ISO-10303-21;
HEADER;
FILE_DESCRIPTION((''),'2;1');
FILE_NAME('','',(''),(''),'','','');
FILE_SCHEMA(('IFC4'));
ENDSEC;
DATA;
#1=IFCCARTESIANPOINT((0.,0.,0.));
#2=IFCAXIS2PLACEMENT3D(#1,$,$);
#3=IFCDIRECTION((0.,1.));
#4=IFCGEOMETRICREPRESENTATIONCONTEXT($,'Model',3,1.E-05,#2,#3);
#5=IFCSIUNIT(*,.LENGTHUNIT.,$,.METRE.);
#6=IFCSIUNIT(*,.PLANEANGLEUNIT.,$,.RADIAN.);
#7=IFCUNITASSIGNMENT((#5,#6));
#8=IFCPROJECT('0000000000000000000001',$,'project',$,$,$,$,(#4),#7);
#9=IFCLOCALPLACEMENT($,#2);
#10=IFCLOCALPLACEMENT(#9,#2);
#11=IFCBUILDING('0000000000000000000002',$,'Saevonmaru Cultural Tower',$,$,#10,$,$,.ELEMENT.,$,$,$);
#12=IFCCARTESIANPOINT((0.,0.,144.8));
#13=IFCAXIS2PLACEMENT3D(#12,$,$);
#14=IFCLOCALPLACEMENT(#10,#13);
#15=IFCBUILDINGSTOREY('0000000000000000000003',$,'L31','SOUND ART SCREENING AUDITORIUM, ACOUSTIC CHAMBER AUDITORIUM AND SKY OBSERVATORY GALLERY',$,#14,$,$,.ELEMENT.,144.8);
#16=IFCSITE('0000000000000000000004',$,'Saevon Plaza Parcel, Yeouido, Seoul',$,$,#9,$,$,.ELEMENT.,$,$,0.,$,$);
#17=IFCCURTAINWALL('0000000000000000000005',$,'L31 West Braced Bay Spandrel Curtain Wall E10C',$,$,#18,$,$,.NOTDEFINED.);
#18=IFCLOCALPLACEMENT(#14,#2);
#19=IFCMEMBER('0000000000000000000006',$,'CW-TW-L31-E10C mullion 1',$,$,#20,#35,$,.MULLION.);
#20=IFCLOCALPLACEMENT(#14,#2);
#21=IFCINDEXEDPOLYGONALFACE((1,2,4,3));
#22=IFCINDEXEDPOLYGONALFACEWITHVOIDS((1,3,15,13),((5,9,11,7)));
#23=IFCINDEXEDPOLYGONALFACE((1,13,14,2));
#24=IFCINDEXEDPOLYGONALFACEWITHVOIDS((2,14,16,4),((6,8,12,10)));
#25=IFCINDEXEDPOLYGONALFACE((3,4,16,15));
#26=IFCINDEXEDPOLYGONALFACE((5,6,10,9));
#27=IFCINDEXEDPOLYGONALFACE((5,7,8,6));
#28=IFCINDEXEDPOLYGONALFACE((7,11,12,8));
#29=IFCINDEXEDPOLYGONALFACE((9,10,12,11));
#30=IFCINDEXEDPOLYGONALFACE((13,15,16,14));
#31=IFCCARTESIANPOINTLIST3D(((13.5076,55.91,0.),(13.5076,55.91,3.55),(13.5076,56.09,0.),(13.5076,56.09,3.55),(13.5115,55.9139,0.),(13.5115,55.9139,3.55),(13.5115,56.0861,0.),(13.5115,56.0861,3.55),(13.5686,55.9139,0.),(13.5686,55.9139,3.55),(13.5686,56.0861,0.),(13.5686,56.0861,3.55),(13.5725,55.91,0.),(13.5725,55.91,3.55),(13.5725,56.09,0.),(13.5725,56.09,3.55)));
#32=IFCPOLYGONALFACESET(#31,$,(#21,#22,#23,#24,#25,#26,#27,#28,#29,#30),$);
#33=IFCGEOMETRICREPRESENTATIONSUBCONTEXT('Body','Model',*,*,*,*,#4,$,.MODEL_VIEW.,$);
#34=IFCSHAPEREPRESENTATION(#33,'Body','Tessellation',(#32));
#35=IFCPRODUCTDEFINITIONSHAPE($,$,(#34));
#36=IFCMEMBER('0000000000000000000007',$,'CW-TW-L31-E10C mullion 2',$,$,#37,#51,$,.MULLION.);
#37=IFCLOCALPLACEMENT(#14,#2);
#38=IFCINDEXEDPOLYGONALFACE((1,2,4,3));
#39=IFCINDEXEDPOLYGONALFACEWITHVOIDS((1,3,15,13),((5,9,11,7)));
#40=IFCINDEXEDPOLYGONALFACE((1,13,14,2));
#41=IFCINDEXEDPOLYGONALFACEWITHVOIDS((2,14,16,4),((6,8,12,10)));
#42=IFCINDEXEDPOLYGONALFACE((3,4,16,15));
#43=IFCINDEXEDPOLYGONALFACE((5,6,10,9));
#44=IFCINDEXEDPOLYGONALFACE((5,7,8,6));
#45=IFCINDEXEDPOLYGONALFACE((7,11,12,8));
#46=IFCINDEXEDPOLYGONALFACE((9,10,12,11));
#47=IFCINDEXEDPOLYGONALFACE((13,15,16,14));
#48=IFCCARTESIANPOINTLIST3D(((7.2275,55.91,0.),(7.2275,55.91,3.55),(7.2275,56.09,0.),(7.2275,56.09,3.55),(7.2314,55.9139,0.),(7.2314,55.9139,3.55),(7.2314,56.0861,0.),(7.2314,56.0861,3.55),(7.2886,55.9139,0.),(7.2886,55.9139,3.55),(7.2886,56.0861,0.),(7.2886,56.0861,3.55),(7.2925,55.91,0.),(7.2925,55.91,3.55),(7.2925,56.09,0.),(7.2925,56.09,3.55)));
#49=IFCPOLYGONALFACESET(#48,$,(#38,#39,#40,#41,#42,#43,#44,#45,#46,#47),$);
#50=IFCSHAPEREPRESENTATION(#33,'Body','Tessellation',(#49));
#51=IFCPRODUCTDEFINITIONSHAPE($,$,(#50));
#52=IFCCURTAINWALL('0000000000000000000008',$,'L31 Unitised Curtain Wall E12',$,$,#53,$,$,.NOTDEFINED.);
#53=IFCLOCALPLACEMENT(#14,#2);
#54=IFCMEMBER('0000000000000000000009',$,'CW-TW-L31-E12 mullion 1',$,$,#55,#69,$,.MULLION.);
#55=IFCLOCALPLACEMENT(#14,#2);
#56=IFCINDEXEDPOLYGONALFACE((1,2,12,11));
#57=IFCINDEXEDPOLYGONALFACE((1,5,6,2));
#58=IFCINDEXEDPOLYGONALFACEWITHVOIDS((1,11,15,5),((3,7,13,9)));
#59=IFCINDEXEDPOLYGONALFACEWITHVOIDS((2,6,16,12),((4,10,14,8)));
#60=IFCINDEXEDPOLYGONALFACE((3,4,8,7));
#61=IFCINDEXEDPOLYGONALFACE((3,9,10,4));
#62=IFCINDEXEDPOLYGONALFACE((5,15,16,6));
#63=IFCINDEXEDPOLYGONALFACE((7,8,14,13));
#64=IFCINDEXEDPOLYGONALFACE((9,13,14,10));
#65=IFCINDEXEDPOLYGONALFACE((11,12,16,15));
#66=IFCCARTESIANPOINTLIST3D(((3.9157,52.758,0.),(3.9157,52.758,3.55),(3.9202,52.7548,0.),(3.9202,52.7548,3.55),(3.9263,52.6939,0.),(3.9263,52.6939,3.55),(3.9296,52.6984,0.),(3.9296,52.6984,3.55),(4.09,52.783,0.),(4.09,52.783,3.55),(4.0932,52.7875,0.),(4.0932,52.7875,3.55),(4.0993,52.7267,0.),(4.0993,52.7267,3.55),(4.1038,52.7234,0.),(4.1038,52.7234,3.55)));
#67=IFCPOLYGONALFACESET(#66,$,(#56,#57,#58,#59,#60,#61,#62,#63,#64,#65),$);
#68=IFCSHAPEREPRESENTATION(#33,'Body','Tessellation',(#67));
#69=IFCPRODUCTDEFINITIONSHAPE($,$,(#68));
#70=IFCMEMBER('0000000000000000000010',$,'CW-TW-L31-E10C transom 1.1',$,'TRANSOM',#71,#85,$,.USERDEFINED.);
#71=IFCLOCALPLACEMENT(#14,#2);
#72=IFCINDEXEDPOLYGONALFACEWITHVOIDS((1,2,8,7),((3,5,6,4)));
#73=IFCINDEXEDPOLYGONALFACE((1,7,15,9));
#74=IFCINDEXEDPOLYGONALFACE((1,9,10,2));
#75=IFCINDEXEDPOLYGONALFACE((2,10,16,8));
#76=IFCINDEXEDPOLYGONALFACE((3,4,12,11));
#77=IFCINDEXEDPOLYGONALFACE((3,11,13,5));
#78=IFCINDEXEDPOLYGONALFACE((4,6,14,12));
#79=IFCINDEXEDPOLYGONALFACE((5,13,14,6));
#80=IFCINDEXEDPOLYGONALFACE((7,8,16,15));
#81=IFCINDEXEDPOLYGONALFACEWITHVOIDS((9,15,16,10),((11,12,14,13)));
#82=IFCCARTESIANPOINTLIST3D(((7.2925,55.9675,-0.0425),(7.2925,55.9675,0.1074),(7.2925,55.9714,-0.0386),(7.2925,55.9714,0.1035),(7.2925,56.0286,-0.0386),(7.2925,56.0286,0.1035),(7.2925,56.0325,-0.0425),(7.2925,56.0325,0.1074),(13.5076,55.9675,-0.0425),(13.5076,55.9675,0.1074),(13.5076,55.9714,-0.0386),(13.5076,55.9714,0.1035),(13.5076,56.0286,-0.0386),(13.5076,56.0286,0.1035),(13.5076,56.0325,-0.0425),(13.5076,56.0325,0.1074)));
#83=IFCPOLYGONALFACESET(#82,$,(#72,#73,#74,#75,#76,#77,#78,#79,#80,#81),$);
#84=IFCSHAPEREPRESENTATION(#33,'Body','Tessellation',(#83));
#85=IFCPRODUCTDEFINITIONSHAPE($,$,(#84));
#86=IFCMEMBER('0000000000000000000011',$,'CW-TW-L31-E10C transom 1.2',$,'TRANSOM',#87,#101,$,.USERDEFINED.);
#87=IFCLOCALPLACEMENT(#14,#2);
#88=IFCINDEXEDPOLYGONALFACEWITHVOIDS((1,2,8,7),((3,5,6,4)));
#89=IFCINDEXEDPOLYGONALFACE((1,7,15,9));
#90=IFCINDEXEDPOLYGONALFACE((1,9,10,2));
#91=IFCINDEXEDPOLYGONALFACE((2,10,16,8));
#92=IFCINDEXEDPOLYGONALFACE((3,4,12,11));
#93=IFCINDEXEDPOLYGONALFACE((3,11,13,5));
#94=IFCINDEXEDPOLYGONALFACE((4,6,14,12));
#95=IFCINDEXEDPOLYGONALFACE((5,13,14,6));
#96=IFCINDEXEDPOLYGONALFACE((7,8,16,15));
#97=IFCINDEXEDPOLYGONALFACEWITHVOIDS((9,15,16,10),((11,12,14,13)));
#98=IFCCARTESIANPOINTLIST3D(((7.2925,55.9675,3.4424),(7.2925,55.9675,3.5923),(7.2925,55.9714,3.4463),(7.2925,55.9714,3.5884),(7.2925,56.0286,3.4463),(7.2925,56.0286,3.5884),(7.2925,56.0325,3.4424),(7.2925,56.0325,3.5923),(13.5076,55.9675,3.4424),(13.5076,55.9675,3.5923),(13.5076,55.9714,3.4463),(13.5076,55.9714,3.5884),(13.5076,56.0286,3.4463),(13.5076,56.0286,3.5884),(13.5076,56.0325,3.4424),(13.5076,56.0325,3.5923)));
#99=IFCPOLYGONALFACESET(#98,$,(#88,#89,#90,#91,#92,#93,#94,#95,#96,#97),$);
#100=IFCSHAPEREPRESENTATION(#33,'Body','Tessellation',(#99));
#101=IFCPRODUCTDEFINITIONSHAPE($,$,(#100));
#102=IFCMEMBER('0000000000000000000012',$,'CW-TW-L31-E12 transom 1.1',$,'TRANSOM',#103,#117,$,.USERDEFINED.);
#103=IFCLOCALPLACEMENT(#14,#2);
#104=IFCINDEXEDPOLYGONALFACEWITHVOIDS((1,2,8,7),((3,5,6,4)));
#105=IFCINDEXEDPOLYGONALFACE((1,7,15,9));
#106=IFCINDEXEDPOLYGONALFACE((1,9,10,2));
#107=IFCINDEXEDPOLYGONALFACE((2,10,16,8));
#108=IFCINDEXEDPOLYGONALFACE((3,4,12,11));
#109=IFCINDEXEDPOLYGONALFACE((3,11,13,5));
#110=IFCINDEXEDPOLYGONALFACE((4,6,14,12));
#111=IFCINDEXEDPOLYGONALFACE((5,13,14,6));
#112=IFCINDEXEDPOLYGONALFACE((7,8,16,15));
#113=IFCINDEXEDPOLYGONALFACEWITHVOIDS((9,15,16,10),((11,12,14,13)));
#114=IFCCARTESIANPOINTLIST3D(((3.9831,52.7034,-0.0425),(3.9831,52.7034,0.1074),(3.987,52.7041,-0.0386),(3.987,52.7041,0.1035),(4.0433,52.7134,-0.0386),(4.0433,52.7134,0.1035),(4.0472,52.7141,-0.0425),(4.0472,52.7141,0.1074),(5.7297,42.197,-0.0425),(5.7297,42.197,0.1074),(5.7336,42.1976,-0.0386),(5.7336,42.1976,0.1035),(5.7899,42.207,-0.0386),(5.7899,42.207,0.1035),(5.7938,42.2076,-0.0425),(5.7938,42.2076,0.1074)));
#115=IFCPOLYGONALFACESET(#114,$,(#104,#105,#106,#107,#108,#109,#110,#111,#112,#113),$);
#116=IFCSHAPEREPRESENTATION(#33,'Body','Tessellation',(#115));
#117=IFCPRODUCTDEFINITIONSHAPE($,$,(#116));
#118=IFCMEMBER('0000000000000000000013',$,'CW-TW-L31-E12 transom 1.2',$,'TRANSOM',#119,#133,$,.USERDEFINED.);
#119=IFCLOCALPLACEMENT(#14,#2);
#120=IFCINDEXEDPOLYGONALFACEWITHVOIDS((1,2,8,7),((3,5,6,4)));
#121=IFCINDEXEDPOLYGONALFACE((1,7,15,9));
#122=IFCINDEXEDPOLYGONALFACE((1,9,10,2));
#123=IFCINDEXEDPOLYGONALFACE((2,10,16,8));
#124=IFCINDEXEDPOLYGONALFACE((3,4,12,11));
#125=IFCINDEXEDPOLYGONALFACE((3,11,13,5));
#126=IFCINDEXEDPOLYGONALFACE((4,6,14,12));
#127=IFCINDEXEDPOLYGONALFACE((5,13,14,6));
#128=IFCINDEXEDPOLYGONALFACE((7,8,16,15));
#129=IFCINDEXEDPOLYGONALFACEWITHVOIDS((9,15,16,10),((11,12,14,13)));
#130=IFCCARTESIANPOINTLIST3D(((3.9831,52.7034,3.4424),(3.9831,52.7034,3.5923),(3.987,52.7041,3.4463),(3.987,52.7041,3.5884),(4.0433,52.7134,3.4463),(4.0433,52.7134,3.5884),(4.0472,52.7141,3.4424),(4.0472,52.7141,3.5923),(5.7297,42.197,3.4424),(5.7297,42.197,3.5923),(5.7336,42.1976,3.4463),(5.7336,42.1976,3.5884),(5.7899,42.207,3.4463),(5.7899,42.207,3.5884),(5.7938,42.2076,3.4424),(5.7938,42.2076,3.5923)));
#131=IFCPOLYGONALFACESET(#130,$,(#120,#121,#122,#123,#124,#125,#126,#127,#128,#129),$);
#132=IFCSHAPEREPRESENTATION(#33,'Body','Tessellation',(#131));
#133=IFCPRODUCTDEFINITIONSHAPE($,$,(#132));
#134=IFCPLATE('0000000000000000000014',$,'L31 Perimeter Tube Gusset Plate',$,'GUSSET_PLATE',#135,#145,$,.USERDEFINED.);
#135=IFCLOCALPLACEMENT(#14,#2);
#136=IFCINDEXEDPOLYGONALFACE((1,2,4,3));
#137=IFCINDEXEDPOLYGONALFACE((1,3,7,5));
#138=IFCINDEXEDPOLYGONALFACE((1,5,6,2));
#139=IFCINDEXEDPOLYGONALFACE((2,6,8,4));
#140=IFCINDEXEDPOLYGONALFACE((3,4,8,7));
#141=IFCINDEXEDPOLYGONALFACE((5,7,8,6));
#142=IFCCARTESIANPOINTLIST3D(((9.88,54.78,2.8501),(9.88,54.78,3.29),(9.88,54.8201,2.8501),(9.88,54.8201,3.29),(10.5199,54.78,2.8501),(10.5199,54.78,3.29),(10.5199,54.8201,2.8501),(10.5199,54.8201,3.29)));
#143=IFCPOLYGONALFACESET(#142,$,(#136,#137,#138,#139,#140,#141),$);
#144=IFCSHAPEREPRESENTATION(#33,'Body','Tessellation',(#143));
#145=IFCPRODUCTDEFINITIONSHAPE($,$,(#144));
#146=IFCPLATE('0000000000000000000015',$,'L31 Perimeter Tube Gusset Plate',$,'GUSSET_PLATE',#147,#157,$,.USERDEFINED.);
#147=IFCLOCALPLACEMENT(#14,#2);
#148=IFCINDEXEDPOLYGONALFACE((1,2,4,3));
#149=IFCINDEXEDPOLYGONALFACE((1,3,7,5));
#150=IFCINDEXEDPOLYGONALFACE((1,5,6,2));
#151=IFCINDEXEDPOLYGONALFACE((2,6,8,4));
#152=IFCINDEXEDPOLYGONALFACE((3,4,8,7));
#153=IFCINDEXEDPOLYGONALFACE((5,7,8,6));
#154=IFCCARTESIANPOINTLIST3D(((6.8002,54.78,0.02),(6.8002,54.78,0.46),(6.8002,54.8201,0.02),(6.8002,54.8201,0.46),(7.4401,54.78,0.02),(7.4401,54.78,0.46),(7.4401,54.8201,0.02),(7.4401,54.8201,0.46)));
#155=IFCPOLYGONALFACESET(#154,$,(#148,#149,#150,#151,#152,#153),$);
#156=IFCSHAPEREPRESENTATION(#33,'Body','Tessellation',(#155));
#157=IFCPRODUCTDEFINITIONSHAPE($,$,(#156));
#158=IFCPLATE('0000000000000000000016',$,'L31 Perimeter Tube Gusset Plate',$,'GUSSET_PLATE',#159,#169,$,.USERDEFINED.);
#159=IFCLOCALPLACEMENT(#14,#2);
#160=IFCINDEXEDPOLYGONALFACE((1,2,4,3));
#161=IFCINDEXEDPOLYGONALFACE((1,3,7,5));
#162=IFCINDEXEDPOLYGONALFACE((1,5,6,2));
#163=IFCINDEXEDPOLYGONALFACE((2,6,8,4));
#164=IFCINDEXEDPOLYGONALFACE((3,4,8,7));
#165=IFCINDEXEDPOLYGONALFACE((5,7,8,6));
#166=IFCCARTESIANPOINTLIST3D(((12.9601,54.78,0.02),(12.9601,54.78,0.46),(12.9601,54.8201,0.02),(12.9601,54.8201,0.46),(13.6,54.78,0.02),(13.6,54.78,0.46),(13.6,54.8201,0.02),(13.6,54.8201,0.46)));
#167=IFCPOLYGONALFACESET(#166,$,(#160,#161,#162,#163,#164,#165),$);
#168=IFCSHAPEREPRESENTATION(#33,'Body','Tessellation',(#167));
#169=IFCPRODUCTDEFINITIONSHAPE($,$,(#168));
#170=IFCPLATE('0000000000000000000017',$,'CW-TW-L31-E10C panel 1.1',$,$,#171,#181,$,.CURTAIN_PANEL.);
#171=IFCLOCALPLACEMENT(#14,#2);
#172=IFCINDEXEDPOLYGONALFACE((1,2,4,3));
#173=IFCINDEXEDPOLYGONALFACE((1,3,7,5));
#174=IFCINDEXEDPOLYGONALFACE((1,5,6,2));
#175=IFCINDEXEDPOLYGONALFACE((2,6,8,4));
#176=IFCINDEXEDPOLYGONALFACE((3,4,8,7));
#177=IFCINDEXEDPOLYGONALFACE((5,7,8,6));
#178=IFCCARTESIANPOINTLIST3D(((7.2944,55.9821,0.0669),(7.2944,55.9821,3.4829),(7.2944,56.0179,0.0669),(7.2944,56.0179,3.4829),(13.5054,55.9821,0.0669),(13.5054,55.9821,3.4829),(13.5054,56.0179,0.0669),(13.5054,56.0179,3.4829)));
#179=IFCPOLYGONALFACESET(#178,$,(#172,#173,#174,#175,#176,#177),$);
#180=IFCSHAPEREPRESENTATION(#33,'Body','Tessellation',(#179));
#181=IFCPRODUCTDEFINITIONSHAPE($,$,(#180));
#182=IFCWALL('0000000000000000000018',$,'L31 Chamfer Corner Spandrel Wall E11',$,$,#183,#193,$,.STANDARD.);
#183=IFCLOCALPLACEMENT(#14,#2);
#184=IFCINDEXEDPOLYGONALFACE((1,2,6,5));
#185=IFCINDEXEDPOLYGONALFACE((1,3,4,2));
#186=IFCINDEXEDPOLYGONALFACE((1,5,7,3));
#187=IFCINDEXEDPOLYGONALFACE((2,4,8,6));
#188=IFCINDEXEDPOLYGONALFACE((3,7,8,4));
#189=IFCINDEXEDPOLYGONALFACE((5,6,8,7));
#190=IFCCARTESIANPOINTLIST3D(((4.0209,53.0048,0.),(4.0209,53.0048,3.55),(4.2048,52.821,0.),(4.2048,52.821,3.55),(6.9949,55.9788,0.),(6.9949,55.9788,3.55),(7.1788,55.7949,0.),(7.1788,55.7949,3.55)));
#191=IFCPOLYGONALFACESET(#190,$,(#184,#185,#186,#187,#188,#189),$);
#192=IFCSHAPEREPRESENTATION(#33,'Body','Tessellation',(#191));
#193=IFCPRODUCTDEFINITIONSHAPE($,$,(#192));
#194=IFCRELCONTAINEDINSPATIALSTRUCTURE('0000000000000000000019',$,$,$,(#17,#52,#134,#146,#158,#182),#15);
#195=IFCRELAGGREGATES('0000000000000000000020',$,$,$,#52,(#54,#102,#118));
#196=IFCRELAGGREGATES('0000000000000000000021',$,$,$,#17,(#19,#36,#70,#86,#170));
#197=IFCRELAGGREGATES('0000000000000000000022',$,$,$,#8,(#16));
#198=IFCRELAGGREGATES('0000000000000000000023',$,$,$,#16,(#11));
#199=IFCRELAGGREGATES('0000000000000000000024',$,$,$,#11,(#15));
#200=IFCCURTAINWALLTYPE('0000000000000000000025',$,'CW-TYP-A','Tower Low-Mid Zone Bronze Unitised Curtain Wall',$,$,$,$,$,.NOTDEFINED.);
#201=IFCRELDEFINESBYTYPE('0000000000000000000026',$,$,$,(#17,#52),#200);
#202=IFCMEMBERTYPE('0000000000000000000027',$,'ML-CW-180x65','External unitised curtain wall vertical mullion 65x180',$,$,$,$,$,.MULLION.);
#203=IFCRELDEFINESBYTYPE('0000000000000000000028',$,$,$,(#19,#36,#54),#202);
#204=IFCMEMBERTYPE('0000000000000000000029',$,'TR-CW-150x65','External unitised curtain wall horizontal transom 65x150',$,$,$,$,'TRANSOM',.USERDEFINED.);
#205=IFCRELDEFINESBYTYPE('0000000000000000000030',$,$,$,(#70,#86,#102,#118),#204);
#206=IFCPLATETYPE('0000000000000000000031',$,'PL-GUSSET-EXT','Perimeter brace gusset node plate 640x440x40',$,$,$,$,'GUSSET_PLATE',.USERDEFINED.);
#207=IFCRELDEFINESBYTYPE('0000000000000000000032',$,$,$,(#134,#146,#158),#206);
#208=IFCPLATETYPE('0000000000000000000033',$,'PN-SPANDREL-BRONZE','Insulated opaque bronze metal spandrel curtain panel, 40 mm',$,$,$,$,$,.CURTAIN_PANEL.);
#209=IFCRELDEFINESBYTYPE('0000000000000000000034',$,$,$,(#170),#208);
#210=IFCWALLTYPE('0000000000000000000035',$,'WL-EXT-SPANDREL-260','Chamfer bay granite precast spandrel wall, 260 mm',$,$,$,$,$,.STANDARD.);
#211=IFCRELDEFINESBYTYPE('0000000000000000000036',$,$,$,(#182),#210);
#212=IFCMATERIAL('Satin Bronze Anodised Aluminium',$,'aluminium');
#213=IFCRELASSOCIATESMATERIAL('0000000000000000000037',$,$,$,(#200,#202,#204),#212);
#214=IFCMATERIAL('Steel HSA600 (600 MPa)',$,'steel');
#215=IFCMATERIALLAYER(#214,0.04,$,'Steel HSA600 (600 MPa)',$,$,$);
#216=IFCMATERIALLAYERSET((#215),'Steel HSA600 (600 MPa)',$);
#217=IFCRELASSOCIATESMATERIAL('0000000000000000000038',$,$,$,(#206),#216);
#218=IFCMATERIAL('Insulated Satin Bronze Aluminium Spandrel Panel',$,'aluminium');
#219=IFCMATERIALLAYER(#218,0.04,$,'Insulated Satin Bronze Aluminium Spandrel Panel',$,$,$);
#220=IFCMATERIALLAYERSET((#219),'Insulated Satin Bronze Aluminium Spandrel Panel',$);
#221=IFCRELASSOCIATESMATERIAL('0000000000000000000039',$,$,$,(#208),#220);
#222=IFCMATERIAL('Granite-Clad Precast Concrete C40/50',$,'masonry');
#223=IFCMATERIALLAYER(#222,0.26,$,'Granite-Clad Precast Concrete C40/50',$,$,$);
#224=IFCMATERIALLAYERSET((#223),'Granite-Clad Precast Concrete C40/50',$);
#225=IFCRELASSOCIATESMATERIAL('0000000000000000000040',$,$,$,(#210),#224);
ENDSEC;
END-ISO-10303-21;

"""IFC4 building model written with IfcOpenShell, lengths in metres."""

from ifc_helpers import new_model, si_unit, direction, frame, frame_2d, origin, origin_2d, place, context, subcontext, project, spatial, rectangle, hollow_rectangle, extrude, material, layer, layer_set, material_profile, profile_set, type_object, element, aggregate, save


model = new_model("IFC4")

# Units and contexts
model_context = context("Model", 3, precision=1e-05, world=origin(), true_north=direction((0.0, 1.0)))
body_context = subcontext(model_context, "Body", "Model", "MODEL_VIEW")
ifc_project = project(units=[si_unit("LENGTHUNIT", "METRE"), si_unit("PLANEANGLEUNIT", "RADIAN")], contexts=[model_context])

# Site, building, storey
site_placement = place(None, origin())
site = spatial("IfcSite", under=ifc_project, at=site_placement, Name="Saevon Plaza Parcel, Yeouido, Seoul", CompositionType="ELEMENT", RefElevation=0.0)
building_placement = place(site_placement, origin())
building = spatial("IfcBuilding", under=site, at=building_placement, Name="Saevonmaru Cultural Tower", CompositionType="ELEMENT")
storey_placement = place(building_placement, frame((0.0, 0.0, 144.8)))
storey = spatial("IfcBuildingStorey", under=building, at=storey_placement, Name="L31", Description="SOUND ART SCREENING AUDITORIUM, ACOUSTIC CHAMBER AUDITORIUM AND SKY OBSERVATORY GALLERY", CompositionType="ELEMENT", Elevation=144.8)

# Curtain wall, members
ifc_material_1 = material(Name="Satin Bronze Anodised Aluminium", Category="aluminium")
curtain_wall_type = type_object("IfcCurtainWallType", Name="CW-TYP-A", Description="Tower Low-Mid Zone Bronze Unitised Curtain Wall", PredefinedType="NOTDEFINED", material=ifc_material_1)
curtain_wall_1_placement = place(storey_placement, origin())
curtain_wall_1 = element("IfcCurtainWall", 1, at=curtain_wall_1_placement, inside=storey, type_object=curtain_wall_type, Name="L31 West Braced Bay Spandrel Curtain Wall E10C", PredefinedType="NOTDEFINED")
ifc_material_profile_1 = material_profile(ifc_material_1, hollow_rectangle(XDim=0.0649, YDim=0.1799, WallThickness=0.0039, at=origin_2d()), Name="ALU-MULL-180x65x4")
ifc_profile_set_1 = profile_set([ifc_material_profile_1], Name="Satin Bronze Anodised Aluminium")
member_type_1 = type_object("IfcMemberType", Name="ML-CW-180x65", Description="External unitised curtain wall vertical mullion 65x180", PredefinedType="MULLION", material=ifc_profile_set_1)
member_1_placement = place(storey_placement, frame((13.54, 56.0, 0.0), z_axis=(0.0, 0.0, 1.0), x_axis=(-1.0, 0.0, 0.0)))
member_1 = element("IfcMember", 2, at=member_1_placement, type_object=member_type_1, Name="CW-TW-L31-E10C mullion 1", PredefinedType="MULLION", context=body_context, shape_type="SweptSolid", body=[
    extrude(hollow_rectangle(XDim=0.0649, YDim=0.1799, WallThickness=0.0039, at=origin_2d()), origin(), (0.0, 0.0, 1.0), 3.55),
])
member_2_placement = place(storey_placement, frame((7.26, 56.0, 0.0), z_axis=(0.0, 0.0, 1.0), x_axis=(-1.0, 0.0, 0.0)))
member_2 = element("IfcMember", 3, at=member_2_placement, type_object=member_type_1, Name="CW-TW-L31-E10C mullion 2", PredefinedType="MULLION", context=body_context, shape_type="SweptSolid", body=[
    extrude(hollow_rectangle(XDim=0.0649, YDim=0.1799, WallThickness=0.0039, at=origin_2d()), origin(), (0.0, 0.0, 1.0), 3.55),
])

# Curtain wall, member
curtain_wall_2_placement = place(storey_placement, origin())
curtain_wall_2 = element("IfcCurtainWall", 4, at=curtain_wall_2_placement, inside=storey, type_object=curtain_wall_type, Name="L31 Unitised Curtain Wall E12", PredefinedType="NOTDEFINED")
member_3_placement = place(storey_placement, frame((4.0098, 52.7407, 0.0), z_axis=(0.0, 0.0, 1.0), x_axis=(0.163999, -0.986461, 0.0)))
member_3 = element("IfcMember", 5, at=member_3_placement, type_object=member_type_1, Name="CW-TW-L31-E12 mullion 1", PredefinedType="MULLION", context=body_context, shape_type="SweptSolid", body=[
    extrude(hollow_rectangle(XDim=0.0649, YDim=0.1799, WallThickness=0.0039, at=origin_2d()), origin(), (0.0, 0.0, 1.0), 3.55),
])

# Members
ifc_material_profile_2 = material_profile(ifc_material_1, hollow_rectangle(XDim=0.0649, YDim=0.1499, WallThickness=0.0039, at=origin_2d()), Name="ALU-TRAN-150x65x4")
ifc_profile_set_2 = profile_set([ifc_material_profile_2], Name="Satin Bronze Anodised Aluminium")
member_type_2 = type_object("IfcMemberType", Name="TR-CW-150x65", Description="External unitised curtain wall horizontal transom 65x150", ElementType="TRANSOM", PredefinedType="USERDEFINED", material=ifc_profile_set_2)
member_4_placement = place(storey_placement, frame((13.5076, 56.0, 0.0325), z_axis=(-1.0, 0.0, 0.0), x_axis=(0.0, -1.0, 0.0)))
member_4 = element("IfcMember", 6, at=member_4_placement, type_object=member_type_2, Name="CW-TW-L31-E10C transom 1.1", ObjectType="TRANSOM", PredefinedType="USERDEFINED", context=body_context, shape_type="SweptSolid", body=[
    extrude(hollow_rectangle(XDim=0.0649, YDim=0.1499, WallThickness=0.0039, at=origin_2d()), origin(), (0.0, 0.0, 1.0), 6.2151),
])
member_5_placement = place(storey_placement, frame((13.5076, 56.0, 3.5173), z_axis=(-1.0, 0.0, 0.0), x_axis=(0.0, -1.0, 0.0)))
member_5 = element("IfcMember", 7, at=member_5_placement, type_object=member_type_2, Name="CW-TW-L31-E10C transom 1.2", ObjectType="TRANSOM", PredefinedType="USERDEFINED", context=body_context, shape_type="SweptSolid", body=[
    extrude(hollow_rectangle(XDim=0.0649, YDim=0.1499, WallThickness=0.0039, at=origin_2d()), origin(), (0.0, 0.0, 1.0), 6.2151),
])
member_6_placement = place(storey_placement, frame((4.0151, 52.7087, 0.0325), z_axis=(0.16399, -0.986462, 0.0), x_axis=(0.986462, 0.16399, 0.0)))
member_6 = element("IfcMember", 8, at=member_6_placement, type_object=member_type_2, Name="CW-TW-L31-E12 transom 1.1", ObjectType="TRANSOM", PredefinedType="USERDEFINED", context=body_context, shape_type="SweptSolid", body=[
    extrude(hollow_rectangle(XDim=0.0649, YDim=0.1499, WallThickness=0.0039, at=origin_2d()), origin(), (0.0, 0.0, 1.0), 10.6506),
])
member_7_placement = place(storey_placement, frame((4.0151, 52.7087, 3.5173), z_axis=(0.16399, -0.986462, 0.0), x_axis=(0.986462, 0.16399, 0.0)))
member_7 = element("IfcMember", 9, at=member_7_placement, type_object=member_type_2, Name="CW-TW-L31-E12 transom 1.2", ObjectType="TRANSOM", PredefinedType="USERDEFINED", context=body_context, shape_type="SweptSolid", body=[
    extrude(hollow_rectangle(XDim=0.0649, YDim=0.1499, WallThickness=0.0039, at=origin_2d()), origin(), (0.0, 0.0, 1.0), 10.6506),
])
aggregate(curtain_wall_2, [member_3, member_6, member_7])

# Plates
ifc_material_2 = material(Name="Steel HSA600 (600 MPa)", Category="steel")
ifc_layer_1 = layer(ifc_material_2, 0.04, Name="Steel HSA600 (600 MPa)")
ifc_layer_set_1 = layer_set([ifc_layer_1], Name="Steel HSA600 (600 MPa)")
plate_type_1 = type_object("IfcPlateType", Name="PL-GUSSET-EXT", Description="Perimeter brace gusset node plate 640x440x40", ElementType="GUSSET_PLATE", PredefinedType="USERDEFINED", material=ifc_layer_set_1)
for number, where, z_axis, x_axis, name in (
    (10, (10.2, 54.8, 2.8501), (0.0, 0.0, 1.0), (1.0, 0.0, 0.0), "L31 Perimeter Tube Gusset Plate"),
    (11, (7.1201, 54.8, 0.02), (0.0, 0.0, 1.0), (1.0, 0.0, 0.0), "L31 Perimeter Tube Gusset Plate"),
    (12, (13.28, 54.8, 0.02), (0.0, 0.0, 1.0), (1.0, 0.0, 0.0), "L31 Perimeter Tube Gusset Plate"),
):
    element("IfcPlate", number, at=place(storey_placement, frame(where, z_axis=z_axis, x_axis=x_axis)), inside=storey, type_object=plate_type_1, Name=name, ObjectType="GUSSET_PLATE", PredefinedType="USERDEFINED", context=body_context, shape_type="SweptSolid", body=[
        extrude(rectangle(XDim=0.6399, YDim=0.04, at=origin_2d()), origin(), (0.0, 0.0, 1.0), 0.4399),
    ])

# Plate
ifc_material_3 = material(Name="Insulated Satin Bronze Aluminium Spandrel Panel", Category="aluminium")
ifc_layer_2 = layer(ifc_material_3, 0.04, Name="Insulated Satin Bronze Aluminium Spandrel Panel")
ifc_layer_set_2 = layer_set([ifc_layer_2], Name="Insulated Satin Bronze Aluminium Spandrel Panel")
plate_type_2 = type_object("IfcPlateType", Name="PN-SPANDREL-BRONZE", Description="Insulated opaque bronze metal spandrel curtain panel, 40 mm", PredefinedType="CURTAIN_PANEL", material=ifc_layer_set_2)
plate_placement = place(storey_placement, frame((10.3999, 56.0, 0.0669), z_axis=(0.0, 0.0, 1.0), x_axis=(-1.0, 0.0, 0.0)))
plate = element("IfcPlate", 13, at=plate_placement, type_object=plate_type_2, Name="CW-TW-L31-E10C panel 1.1", PredefinedType="CURTAIN_PANEL", context=body_context, shape_type="SweptSolid", body=[
    extrude(rectangle(XDim=6.2109, YDim=0.0359, at=origin_2d()), origin(), (0.0, 0.0, 1.0), 3.416),
])
aggregate(curtain_wall_1, [member_1, member_2, member_4, member_5, plate])

# Wall
ifc_material_4 = material(Name="Granite-Clad Precast Concrete C40/50", Category="masonry")
ifc_layer_3 = layer(ifc_material_4, 0.26, Name="Granite-Clad Precast Concrete C40/50")
ifc_layer_set_3 = layer_set([ifc_layer_3], Name="Granite-Clad Precast Concrete C40/50")
wall_type_1 = type_object("IfcWallType", Name="WL-EXT-SPANDREL-260", Description="Chamfer bay granite precast spandrel wall, 260 mm", PredefinedType="STANDARD", material=ifc_layer_set_3)
wall_1_placement = place(storey_placement, frame((7.0869, 55.887, 0.0), z_axis=(0.0, 0.0, 1.0), x_axis=(-0.707107, -0.707107, 0.0)))
element("IfcWall", 14, at=wall_1_placement, inside=storey, type_object=wall_type_1, Name="L31 Chamfer Corner Spandrel Wall E11", PredefinedType="STANDARD", context=body_context, shape_type="SweptSolid", body=[
    extrude(rectangle(XDim=4.2058, YDim=0.26, at=frame_2d((2.103, 0.0))), origin(), (0.0, 0.0, 1.0), 3.55),
])

save(model, "model.ifc")
